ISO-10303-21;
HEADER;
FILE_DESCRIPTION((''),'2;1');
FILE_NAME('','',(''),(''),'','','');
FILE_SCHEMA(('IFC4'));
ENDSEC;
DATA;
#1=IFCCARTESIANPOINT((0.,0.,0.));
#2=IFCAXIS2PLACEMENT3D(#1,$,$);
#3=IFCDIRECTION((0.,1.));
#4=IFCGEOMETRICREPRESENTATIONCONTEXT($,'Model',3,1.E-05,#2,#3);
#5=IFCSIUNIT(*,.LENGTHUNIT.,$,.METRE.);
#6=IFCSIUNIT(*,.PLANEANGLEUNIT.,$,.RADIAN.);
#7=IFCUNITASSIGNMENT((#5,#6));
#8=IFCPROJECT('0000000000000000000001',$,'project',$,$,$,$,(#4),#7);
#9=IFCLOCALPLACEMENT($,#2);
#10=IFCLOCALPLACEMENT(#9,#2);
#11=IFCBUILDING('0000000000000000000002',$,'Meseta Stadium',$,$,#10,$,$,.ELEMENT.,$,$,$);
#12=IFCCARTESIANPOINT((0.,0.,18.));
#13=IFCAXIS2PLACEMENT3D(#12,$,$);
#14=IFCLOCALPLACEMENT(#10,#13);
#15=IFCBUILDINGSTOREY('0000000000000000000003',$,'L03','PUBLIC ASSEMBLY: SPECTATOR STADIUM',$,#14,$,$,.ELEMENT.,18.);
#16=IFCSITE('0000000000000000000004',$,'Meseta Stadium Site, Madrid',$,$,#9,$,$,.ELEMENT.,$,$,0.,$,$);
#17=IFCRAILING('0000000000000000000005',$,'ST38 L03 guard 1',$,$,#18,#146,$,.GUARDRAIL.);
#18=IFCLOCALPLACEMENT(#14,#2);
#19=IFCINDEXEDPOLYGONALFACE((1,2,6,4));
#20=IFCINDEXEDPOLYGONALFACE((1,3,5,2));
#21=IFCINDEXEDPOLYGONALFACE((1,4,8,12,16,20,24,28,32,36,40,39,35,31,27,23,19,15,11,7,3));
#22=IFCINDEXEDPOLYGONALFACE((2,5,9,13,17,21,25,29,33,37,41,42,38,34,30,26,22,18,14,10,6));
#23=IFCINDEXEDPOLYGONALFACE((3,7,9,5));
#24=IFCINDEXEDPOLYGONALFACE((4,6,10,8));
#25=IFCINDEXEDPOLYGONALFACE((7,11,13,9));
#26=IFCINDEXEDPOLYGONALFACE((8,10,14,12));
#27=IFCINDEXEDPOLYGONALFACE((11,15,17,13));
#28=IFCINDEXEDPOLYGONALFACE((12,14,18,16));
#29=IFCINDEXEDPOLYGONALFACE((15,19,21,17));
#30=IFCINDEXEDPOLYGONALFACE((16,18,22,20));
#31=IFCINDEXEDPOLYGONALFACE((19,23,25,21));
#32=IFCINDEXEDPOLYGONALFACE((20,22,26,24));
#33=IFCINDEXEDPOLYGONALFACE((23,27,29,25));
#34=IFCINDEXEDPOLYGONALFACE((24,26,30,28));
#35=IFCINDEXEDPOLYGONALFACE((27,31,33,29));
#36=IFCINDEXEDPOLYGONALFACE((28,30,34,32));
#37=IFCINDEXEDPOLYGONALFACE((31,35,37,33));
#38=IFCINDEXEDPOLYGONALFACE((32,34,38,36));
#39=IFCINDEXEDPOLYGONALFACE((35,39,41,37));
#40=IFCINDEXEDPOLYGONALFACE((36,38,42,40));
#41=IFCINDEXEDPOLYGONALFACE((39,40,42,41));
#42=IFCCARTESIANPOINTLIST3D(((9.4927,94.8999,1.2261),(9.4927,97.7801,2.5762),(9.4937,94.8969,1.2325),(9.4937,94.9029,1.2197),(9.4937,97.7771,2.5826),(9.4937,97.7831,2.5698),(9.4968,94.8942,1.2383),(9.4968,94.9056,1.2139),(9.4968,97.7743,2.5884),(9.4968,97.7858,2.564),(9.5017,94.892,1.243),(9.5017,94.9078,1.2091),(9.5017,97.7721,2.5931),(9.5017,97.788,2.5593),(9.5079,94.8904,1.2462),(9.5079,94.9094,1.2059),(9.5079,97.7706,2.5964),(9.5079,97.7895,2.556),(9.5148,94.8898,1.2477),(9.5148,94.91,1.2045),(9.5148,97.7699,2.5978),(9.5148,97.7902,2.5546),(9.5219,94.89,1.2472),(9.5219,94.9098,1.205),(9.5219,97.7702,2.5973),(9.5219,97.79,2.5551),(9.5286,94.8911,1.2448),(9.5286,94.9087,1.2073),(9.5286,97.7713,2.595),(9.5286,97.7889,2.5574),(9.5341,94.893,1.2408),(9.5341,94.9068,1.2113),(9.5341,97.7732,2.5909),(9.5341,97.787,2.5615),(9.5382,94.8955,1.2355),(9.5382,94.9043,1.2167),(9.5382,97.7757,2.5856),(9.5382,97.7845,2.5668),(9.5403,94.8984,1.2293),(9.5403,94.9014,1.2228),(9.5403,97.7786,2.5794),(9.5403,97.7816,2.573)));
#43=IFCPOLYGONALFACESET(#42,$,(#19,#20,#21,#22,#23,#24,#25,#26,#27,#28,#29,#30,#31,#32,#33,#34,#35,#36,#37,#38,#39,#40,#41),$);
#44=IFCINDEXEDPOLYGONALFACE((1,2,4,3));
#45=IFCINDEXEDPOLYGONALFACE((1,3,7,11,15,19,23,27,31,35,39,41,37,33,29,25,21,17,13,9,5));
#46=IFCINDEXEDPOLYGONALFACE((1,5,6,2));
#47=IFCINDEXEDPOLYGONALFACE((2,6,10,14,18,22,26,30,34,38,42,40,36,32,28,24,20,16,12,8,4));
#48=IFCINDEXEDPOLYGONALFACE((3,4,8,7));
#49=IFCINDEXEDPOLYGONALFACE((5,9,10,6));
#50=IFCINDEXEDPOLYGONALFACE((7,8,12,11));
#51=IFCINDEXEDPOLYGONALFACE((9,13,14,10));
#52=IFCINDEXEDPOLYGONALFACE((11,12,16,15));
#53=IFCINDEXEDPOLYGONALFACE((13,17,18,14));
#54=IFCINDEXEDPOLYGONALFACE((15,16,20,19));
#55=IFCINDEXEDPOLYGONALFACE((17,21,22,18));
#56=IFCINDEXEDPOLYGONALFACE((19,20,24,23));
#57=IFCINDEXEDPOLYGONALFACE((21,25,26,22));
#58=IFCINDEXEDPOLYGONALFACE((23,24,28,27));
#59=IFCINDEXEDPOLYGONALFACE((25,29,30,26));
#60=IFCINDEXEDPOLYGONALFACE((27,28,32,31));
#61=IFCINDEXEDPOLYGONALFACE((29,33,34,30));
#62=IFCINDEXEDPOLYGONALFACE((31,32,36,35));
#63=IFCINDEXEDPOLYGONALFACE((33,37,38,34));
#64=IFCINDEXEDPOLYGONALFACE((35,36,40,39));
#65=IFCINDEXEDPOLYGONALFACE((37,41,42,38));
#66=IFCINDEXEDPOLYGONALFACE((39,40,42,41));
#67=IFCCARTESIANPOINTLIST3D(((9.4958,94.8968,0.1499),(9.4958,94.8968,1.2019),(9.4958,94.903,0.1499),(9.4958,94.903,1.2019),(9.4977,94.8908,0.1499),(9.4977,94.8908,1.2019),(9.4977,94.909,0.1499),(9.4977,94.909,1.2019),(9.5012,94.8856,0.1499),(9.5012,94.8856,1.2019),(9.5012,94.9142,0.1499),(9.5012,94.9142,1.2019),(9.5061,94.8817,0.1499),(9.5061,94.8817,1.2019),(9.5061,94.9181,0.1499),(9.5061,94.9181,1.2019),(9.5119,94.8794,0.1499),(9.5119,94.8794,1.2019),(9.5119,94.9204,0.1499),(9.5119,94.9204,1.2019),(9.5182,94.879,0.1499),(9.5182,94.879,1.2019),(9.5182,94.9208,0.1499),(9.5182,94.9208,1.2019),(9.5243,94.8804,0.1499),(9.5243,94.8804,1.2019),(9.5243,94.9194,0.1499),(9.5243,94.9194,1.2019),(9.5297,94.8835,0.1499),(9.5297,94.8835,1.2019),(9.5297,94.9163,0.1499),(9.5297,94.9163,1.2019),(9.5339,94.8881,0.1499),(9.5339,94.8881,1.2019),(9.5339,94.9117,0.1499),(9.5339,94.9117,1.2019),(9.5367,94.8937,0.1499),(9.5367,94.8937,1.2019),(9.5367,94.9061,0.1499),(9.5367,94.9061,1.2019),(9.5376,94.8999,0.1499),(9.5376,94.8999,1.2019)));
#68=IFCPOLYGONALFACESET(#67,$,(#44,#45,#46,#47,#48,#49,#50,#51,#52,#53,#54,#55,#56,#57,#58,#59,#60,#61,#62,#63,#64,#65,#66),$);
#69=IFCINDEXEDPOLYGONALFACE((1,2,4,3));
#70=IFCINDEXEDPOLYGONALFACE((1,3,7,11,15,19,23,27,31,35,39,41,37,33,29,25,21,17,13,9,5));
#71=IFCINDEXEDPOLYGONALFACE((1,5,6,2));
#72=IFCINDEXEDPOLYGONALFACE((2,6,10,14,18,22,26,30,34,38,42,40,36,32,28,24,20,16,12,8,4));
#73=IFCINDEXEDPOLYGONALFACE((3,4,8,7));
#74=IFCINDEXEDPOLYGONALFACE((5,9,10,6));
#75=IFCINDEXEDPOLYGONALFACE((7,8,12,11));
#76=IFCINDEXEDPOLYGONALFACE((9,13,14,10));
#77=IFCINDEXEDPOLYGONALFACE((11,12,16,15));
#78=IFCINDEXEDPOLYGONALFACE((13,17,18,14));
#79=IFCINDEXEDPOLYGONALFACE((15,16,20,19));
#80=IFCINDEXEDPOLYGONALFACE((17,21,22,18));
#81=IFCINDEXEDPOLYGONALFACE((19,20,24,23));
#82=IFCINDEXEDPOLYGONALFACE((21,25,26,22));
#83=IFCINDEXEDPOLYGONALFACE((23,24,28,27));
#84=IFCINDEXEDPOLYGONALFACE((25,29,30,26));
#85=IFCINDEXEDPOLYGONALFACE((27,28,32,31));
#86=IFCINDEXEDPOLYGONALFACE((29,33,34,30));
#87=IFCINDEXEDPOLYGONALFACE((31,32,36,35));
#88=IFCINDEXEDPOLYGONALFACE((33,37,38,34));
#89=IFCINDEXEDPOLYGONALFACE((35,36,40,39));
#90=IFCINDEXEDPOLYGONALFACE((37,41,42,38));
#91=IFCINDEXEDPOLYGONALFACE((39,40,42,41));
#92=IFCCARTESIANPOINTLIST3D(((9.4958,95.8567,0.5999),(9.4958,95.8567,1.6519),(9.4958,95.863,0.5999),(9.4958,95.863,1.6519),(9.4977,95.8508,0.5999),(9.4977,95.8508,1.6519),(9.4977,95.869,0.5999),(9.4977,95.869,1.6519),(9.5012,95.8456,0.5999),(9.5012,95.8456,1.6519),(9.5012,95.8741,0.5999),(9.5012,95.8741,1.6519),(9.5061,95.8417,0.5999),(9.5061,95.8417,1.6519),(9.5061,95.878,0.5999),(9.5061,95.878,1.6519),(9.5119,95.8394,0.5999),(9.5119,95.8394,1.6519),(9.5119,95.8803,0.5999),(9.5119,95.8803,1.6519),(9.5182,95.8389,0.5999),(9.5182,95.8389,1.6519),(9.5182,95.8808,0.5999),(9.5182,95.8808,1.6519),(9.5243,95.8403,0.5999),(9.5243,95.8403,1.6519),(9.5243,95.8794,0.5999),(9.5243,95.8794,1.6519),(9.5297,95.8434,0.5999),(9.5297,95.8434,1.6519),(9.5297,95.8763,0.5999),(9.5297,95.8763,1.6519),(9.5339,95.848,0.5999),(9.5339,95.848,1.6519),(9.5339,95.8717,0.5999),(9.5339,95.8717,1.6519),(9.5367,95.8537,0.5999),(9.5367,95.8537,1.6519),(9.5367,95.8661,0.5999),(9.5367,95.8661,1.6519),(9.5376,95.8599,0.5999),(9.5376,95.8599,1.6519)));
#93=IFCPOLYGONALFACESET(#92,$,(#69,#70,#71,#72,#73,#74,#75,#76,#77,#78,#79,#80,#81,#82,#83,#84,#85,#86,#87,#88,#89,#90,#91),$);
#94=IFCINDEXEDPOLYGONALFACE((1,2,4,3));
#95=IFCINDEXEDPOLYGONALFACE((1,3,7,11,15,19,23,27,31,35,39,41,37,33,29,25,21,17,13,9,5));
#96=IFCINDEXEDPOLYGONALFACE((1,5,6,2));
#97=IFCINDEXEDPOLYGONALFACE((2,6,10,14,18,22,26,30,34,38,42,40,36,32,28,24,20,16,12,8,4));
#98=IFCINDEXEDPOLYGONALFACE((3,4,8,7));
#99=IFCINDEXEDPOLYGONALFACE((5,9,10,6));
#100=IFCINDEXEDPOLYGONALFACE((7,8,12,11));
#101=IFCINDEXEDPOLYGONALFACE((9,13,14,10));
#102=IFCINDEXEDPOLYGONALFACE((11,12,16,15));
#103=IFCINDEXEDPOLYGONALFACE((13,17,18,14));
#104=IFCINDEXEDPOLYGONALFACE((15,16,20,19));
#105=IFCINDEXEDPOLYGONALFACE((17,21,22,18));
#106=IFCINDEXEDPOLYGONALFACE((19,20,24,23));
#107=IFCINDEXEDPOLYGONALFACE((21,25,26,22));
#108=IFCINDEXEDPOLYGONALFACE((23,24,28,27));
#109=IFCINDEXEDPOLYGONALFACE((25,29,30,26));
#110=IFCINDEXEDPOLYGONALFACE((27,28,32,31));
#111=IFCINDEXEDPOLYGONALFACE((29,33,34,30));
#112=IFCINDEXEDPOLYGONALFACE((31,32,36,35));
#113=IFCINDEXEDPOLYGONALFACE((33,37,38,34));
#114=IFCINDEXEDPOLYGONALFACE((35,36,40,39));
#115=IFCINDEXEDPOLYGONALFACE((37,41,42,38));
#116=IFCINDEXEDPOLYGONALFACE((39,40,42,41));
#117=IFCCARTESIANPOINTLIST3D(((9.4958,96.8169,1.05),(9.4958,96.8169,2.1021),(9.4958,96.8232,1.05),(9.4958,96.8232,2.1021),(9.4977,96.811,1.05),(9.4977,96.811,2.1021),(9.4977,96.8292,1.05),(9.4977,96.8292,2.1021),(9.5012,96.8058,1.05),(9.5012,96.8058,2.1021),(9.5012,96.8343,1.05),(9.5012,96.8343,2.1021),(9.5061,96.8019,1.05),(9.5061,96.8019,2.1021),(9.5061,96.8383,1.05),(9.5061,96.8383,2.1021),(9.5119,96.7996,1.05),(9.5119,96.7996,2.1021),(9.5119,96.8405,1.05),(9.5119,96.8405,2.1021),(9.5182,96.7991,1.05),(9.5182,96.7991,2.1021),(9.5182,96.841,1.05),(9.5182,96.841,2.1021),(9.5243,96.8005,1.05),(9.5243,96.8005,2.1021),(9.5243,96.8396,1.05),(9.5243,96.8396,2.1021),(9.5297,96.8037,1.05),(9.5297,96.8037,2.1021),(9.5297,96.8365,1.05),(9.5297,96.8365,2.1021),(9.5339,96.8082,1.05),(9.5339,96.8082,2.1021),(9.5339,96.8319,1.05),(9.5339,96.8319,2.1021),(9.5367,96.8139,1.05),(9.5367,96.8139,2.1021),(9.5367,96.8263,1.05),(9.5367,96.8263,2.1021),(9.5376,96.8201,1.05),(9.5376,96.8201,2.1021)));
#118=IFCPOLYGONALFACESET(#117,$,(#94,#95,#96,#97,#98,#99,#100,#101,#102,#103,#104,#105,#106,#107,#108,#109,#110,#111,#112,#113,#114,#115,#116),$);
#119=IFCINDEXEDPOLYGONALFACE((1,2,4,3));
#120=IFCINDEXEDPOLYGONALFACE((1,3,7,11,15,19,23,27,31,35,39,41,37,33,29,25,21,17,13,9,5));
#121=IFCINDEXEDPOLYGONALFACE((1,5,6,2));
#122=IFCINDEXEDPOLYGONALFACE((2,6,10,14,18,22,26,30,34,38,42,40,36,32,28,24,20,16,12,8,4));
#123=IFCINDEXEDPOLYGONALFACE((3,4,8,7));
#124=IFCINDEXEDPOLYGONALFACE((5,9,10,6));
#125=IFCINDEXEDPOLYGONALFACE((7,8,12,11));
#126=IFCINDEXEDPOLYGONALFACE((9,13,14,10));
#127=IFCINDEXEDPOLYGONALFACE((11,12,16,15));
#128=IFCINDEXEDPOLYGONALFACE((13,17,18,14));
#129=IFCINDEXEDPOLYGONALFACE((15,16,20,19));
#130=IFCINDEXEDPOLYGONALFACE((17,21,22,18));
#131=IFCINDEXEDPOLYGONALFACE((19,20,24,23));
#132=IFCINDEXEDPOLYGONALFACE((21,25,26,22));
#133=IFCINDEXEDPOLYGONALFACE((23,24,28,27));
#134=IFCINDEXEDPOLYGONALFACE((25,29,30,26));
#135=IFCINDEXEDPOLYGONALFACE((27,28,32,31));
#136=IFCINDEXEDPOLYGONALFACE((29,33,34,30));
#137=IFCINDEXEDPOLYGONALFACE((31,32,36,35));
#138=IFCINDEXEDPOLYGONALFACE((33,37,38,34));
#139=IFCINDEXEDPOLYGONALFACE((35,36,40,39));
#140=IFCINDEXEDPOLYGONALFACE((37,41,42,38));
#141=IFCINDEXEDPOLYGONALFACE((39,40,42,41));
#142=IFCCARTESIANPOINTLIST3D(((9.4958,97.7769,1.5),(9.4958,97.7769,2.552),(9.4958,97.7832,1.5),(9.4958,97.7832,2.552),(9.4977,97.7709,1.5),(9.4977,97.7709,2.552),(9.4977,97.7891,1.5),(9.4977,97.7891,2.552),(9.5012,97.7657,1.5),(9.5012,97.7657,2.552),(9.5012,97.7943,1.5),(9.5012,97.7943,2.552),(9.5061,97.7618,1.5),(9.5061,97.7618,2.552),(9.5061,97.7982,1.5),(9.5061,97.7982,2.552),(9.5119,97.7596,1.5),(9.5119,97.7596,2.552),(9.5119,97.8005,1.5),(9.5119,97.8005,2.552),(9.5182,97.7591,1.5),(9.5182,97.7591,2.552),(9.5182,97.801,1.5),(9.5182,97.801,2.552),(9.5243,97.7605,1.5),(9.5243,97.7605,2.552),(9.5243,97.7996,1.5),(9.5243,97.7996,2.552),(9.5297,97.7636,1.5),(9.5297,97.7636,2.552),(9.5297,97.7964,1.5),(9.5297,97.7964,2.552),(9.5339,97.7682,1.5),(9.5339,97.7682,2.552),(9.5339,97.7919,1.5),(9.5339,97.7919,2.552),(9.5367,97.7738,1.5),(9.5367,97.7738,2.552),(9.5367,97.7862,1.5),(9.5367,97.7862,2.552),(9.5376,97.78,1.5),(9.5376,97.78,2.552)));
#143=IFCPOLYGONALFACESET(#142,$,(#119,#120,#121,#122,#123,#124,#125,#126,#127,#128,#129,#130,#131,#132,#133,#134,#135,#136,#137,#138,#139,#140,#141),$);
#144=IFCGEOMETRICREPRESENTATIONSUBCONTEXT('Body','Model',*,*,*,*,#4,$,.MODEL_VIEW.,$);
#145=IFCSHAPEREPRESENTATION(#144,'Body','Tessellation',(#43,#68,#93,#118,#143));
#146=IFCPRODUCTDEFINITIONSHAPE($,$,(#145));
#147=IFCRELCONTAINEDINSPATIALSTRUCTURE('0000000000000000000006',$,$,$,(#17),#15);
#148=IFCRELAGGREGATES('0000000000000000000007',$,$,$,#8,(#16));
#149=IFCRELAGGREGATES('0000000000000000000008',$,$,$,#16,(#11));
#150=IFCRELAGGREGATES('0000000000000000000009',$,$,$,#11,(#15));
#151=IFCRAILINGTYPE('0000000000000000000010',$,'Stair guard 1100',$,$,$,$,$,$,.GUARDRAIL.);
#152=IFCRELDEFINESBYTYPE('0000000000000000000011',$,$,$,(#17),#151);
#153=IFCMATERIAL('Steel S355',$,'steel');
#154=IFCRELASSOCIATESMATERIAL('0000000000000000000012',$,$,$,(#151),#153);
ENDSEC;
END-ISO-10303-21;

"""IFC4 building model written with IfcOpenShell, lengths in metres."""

from ifc_helpers import new_model, si_unit, direction, frame, origin, origin_2d, place, context, subcontext, project, spatial, circle, extrude, material, type_object, element, save


model = new_model("IFC4")

# Units and contexts
model_context = context("Model", 3, precision=1e-05, world=origin(), true_north=direction((0.0, 1.0)))
body_context = subcontext(model_context, "Body", "Model", "MODEL_VIEW")
ifc_project = project(units=[si_unit("LENGTHUNIT", "METRE"), si_unit("PLANEANGLEUNIT", "RADIAN")], contexts=[model_context])

# Site, building, storey
site_placement = place(None, origin())
site = spatial("IfcSite", under=ifc_project, at=site_placement, Name="Meseta Stadium Site, Madrid", CompositionType="ELEMENT", RefElevation=0.0)
building_placement = place(site_placement, origin())
building = spatial("IfcBuilding", under=site, at=building_placement, Name="Meseta Stadium", CompositionType="ELEMENT")
storey_placement = place(building_placement, frame((0.0, 0.0, 18.0)))
storey = spatial("IfcBuildingStorey", under=building, at=storey_placement, Name="L03", Description="PUBLIC ASSEMBLY: SPECTATOR STADIUM", CompositionType="ELEMENT", Elevation=18.0)

# Railing
ifc_material_1 = material(Name="Steel S355", Category="steel")
railing_type_1 = type_object("IfcRailingType", Name="Stair guard 1100", PredefinedType="GUARDRAIL", material=ifc_material_1)
for number, where, name in (
    (1, (9.5166, 94.8999, 0.1499), "ST38 L03 guard 1"),
):
    element("IfcRailing", number, at=place(storey_placement, frame(where)), inside=storey, type_object=railing_type_1, Name=name, PredefinedType="GUARDRAIL", context=body_context, shape_type="SweptSolid", body=[
        extrude(circle(Radius=0.0239, at=origin_2d()), frame((0.0, 0.0, 1.0762), z_axis=(0.0, 0.905454, 0.424444), x_axis=(-1.0, 0.0, 0.0)), (0.0, 0.0, 1.0), 3.1809),
        extrude(circle(Radius=0.021, at=origin_2d()), origin(), (0.0, 0.0, 1.0), 1.052),
        extrude(circle(Radius=0.021, at=origin_2d()), frame((0.0, 0.96, 0.45)), (0.0, 0.0, 1.0), 1.052),
        extrude(circle(Radius=0.021, at=origin_2d()), frame((0.0, 1.9202, 0.9001)), (0.0, 0.0, 1.0), 1.052),
        extrude(circle(Radius=0.021, at=origin_2d()), frame((0.0, 2.8801, 1.3501)), (0.0, 0.0, 1.0), 1.052),
    ])

save(model, "model.ifc")
